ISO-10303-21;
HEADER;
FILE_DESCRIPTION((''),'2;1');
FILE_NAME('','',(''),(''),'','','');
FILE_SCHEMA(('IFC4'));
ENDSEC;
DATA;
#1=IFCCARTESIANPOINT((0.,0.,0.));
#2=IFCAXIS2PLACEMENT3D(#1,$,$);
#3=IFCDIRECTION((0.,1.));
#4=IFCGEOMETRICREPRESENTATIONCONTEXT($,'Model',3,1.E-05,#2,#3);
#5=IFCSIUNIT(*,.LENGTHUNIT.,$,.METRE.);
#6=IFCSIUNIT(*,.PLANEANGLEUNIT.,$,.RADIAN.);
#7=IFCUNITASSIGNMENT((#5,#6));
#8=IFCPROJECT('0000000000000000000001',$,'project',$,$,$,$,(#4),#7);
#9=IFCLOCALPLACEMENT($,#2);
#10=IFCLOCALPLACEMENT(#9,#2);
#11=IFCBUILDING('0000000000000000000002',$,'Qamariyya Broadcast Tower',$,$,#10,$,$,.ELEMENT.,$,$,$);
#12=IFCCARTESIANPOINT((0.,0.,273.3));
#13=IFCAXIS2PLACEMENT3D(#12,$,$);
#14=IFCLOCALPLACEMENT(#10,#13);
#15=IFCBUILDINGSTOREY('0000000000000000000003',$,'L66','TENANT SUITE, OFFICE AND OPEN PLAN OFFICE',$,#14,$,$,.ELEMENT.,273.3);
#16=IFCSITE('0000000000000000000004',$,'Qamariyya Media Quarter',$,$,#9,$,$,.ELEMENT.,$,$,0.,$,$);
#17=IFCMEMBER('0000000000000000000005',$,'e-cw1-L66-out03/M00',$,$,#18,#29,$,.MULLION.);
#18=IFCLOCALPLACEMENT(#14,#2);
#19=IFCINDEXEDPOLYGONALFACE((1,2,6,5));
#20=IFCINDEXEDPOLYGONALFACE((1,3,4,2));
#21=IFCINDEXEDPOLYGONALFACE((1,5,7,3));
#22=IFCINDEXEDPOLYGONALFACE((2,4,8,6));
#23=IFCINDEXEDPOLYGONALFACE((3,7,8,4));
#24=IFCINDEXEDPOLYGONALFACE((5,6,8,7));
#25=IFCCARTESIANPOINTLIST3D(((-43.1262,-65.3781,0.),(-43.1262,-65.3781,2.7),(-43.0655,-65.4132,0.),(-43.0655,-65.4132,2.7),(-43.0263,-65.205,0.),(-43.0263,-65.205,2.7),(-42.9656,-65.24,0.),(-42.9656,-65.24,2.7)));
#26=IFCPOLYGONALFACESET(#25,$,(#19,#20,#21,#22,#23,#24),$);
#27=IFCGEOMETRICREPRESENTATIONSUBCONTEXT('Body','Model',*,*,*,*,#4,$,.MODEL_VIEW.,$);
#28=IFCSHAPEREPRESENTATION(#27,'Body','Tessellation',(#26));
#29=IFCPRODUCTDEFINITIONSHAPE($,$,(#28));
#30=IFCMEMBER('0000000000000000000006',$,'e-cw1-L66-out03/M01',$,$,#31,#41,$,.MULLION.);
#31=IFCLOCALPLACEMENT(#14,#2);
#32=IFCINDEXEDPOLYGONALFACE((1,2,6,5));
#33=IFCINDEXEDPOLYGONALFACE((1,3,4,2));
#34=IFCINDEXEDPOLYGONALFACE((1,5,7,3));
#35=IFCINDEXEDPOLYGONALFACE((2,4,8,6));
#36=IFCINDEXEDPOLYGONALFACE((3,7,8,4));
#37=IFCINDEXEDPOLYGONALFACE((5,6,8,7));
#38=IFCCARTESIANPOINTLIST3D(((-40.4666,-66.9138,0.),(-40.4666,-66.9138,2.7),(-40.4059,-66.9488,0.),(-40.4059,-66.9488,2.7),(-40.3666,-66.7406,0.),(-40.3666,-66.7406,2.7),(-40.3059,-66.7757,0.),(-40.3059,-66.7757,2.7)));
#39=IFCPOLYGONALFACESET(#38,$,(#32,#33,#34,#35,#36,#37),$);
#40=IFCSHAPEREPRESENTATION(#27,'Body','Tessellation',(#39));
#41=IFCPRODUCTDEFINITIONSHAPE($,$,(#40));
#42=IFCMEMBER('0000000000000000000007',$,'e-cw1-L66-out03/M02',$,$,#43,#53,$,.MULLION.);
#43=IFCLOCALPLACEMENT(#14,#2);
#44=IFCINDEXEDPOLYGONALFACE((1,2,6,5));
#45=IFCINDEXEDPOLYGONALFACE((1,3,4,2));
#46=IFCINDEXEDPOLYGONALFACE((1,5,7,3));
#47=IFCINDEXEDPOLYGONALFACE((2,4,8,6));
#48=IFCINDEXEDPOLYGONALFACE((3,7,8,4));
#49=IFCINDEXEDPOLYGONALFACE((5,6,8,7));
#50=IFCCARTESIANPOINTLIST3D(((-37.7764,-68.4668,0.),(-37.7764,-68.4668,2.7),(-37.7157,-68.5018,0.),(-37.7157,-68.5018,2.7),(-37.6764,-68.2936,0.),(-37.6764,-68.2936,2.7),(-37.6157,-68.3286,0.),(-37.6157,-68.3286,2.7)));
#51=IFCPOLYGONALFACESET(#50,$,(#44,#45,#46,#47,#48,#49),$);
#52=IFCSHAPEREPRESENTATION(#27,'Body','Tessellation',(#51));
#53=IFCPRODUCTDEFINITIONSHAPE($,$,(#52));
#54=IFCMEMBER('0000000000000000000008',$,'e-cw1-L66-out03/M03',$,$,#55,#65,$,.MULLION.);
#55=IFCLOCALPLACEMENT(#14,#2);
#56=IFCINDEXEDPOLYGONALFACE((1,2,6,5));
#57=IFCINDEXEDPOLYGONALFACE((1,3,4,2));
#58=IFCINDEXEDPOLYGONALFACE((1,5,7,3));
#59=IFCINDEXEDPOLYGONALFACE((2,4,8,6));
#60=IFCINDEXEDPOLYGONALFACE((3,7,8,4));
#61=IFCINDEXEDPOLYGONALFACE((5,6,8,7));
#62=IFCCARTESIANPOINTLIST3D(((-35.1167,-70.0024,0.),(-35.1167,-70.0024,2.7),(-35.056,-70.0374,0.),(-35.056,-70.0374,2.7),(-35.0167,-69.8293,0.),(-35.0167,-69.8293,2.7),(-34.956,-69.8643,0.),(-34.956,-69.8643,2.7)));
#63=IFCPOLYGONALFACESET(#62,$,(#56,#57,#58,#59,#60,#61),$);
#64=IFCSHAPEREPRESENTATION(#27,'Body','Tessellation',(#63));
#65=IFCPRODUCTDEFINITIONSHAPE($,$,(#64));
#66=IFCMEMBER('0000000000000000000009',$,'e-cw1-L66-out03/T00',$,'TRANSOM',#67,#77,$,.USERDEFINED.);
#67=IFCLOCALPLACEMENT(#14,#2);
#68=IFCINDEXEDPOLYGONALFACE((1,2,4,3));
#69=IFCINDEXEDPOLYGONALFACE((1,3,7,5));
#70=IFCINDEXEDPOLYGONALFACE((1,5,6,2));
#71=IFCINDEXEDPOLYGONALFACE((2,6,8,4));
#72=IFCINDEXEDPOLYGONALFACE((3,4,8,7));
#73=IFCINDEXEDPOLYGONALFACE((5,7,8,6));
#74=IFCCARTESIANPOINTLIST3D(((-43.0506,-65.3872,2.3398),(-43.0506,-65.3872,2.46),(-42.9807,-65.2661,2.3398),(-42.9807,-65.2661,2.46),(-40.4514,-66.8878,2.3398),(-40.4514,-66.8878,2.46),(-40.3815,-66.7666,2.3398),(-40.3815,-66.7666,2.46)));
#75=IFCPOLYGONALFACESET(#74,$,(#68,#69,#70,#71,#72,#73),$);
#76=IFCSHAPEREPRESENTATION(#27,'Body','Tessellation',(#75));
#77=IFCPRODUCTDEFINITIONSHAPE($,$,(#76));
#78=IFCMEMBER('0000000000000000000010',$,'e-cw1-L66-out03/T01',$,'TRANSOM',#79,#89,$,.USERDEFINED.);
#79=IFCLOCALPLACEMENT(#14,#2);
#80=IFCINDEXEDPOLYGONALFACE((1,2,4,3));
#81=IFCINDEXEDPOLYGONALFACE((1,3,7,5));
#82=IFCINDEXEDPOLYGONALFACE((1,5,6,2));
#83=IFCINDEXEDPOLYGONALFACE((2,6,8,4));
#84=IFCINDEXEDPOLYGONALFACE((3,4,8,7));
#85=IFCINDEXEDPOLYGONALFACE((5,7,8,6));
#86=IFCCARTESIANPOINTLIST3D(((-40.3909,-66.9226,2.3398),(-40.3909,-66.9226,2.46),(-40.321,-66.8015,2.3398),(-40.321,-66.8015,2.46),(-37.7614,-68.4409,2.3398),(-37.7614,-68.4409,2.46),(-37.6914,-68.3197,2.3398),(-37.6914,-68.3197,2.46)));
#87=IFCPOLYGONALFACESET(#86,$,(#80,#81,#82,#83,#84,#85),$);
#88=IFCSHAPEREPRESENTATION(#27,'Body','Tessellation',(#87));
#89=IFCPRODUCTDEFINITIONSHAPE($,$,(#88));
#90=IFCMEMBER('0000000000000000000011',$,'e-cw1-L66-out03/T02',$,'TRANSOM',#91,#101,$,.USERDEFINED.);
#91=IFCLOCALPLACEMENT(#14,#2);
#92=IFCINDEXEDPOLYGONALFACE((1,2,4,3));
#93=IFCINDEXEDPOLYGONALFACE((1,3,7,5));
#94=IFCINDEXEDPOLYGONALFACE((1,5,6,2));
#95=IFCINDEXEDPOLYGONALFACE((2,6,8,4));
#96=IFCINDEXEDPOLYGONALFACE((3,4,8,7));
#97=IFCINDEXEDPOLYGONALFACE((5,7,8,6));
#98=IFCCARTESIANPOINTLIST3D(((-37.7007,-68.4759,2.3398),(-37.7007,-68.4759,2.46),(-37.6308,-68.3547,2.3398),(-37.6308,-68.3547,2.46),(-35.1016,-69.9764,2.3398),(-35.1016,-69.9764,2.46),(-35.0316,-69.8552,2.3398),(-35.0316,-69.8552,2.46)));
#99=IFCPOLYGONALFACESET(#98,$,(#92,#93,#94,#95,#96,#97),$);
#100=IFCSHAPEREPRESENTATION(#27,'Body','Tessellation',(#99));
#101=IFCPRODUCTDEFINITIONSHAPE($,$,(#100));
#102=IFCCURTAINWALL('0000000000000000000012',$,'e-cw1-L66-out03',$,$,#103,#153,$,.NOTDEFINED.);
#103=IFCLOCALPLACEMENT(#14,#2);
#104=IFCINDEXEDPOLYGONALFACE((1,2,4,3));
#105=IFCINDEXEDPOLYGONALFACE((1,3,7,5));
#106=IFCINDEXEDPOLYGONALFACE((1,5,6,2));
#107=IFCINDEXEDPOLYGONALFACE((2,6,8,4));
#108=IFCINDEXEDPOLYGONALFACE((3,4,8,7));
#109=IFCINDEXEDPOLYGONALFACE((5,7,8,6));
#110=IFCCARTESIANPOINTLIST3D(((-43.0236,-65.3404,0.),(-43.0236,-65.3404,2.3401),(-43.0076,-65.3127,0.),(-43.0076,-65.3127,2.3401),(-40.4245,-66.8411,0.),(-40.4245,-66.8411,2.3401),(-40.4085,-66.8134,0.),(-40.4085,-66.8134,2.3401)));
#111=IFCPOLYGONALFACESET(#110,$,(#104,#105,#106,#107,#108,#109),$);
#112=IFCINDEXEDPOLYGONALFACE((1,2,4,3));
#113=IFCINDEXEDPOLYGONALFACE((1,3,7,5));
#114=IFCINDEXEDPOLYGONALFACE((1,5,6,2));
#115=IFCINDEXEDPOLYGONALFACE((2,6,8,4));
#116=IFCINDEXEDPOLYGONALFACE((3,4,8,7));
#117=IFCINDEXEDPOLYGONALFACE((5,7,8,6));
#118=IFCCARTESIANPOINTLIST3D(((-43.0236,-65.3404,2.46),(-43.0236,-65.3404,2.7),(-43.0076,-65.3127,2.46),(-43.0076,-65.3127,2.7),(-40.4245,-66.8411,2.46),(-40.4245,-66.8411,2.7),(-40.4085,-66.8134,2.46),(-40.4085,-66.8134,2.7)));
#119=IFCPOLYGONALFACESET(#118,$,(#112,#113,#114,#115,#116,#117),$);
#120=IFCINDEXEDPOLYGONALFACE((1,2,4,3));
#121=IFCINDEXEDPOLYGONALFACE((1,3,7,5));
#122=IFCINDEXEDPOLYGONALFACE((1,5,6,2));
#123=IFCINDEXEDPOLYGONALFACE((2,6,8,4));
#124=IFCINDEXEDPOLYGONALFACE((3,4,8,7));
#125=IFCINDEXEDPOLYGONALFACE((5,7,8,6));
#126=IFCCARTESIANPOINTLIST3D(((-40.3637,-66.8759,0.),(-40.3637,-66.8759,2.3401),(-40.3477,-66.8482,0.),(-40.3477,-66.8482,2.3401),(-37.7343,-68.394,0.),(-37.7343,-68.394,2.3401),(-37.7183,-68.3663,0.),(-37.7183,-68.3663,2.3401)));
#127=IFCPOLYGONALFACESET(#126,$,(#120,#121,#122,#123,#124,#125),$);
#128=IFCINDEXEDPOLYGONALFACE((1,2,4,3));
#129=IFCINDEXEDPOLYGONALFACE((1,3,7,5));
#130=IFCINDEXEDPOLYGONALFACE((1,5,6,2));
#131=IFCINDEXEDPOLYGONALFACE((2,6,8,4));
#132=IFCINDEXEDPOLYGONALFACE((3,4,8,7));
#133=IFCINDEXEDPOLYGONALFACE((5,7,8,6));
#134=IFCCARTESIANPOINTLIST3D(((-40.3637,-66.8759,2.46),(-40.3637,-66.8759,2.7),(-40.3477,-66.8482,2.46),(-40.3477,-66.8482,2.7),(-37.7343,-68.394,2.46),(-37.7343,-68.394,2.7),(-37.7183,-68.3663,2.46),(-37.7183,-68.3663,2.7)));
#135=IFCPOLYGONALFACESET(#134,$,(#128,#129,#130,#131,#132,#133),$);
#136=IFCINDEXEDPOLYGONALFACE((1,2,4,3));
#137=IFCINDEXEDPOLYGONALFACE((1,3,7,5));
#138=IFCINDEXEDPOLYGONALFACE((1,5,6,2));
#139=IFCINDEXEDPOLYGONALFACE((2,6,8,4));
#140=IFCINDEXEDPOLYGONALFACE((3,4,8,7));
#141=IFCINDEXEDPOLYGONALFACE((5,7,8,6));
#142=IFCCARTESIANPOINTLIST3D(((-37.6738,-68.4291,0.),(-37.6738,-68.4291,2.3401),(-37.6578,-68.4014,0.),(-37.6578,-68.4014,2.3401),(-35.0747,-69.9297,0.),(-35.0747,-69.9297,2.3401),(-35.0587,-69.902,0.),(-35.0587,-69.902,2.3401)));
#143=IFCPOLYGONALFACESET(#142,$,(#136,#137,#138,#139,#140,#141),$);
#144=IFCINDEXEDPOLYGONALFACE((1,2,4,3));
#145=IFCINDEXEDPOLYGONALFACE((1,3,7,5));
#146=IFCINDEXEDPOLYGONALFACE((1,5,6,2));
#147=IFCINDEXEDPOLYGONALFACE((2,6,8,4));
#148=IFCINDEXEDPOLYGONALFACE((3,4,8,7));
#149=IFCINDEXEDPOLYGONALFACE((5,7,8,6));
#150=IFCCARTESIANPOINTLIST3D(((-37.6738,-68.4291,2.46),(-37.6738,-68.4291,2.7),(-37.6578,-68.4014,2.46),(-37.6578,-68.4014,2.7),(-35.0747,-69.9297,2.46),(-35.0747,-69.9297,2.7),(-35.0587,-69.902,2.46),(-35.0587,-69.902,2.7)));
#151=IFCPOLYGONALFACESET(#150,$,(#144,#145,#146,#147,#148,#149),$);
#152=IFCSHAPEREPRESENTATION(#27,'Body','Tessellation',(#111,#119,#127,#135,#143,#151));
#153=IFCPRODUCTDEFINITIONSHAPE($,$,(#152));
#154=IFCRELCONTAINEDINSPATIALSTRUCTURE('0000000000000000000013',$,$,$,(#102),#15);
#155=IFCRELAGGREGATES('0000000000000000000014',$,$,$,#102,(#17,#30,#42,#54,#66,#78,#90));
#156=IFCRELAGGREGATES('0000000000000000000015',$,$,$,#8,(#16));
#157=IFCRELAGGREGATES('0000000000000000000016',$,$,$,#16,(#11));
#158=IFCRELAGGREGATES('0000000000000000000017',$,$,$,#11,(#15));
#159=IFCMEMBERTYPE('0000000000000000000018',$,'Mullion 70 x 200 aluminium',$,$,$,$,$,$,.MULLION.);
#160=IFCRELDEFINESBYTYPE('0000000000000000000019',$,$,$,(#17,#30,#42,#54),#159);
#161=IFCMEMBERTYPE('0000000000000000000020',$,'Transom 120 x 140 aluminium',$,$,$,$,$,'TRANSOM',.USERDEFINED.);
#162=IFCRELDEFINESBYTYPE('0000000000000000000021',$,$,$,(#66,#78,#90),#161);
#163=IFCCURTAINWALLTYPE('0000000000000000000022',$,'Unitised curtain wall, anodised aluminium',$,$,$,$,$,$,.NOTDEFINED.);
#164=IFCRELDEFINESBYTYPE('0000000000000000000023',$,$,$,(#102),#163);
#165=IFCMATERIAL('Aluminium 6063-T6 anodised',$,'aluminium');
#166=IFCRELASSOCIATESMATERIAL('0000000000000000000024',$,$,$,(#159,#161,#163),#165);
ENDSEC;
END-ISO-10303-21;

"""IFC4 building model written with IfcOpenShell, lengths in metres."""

from ifc_helpers import new_model, si_unit, direction, frame, origin, origin_2d, place, context, subcontext, project, spatial, rectangle, extrude, material, material_profile, profile_set, type_object, element, aggregate, save


model = new_model("IFC4")

# Units and contexts
model_context = context("Model", 3, precision=1e-05, world=origin(), true_north=direction((0.0, 1.0)))
body_context = subcontext(model_context, "Body", "Model", "MODEL_VIEW")
ifc_project = project(units=[si_unit("LENGTHUNIT", "METRE"), si_unit("PLANEANGLEUNIT", "RADIAN")], contexts=[model_context])

# Members
ifc_material = material(Name="Aluminium 6063-T6 anodised", Category="aluminium")
ifc_material_profile_1 = material_profile(ifc_material, rectangle(XDim=0.2, YDim=0.0701, at=origin_2d()))
ifc_profile_set_1 = profile_set([ifc_material_profile_1], Name="Aluminium 6063-T6 anodised")
member_type_1 = type_object("IfcMemberType", Name="Mullion 70 x 200 aluminium", PredefinedType="MULLION", material=ifc_profile_set_1)
site_placement = place(None, origin())
building_placement = place(site_placement, origin())
storey_placement = place(building_placement, frame((0.0, 0.0, 273.3)))
member_1_placement = place(storey_placement, frame((-43.0459, -65.3091, 0.0), z_axis=(0.0, 0.0, 1.0), x_axis=(0.5, 0.866025, 0.0)))
member_1 = element("IfcMember", 1, at=member_1_placement, type_object=member_type_1, Name="e-cw1-L66-out03/M00", PredefinedType="MULLION", context=body_context, shape_type="SweptSolid", body=[
    extrude(rectangle(XDim=0.2, YDim=0.0701, at=origin_2d()), origin(), (0.0, 0.0, 1.0), 2.7),
])
member_2_placement = place(storey_placement, frame((-40.3862, -66.8447, 0.0), z_axis=(0.0, 0.0, 1.0), x_axis=(0.5, 0.866025, 0.0)))
member_2 = element("IfcMember", 2, at=member_2_placement, type_object=member_type_1, Name="e-cw1-L66-out03/M01", PredefinedType="MULLION", context=body_context, shape_type="SweptSolid", body=[
    extrude(rectangle(XDim=0.2, YDim=0.0701, at=origin_2d()), origin(), (0.0, 0.0, 1.0), 2.7),
])
member_3_placement = place(storey_placement, frame((-37.696, -68.3977, 0.0), z_axis=(0.0, 0.0, 1.0), x_axis=(0.5, 0.866025, 0.0)))
member_3 = element("IfcMember", 3, at=member_3_placement, type_object=member_type_1, Name="e-cw1-L66-out03/M02", PredefinedType="MULLION", context=body_context, shape_type="SweptSolid", body=[
    extrude(rectangle(XDim=0.2, YDim=0.0701, at=origin_2d()), origin(), (0.0, 0.0, 1.0), 2.7),
])
member_4_placement = place(storey_placement, frame((-35.0364, -69.9333, 0.0), z_axis=(0.0, 0.0, 1.0), x_axis=(0.5, 0.866025, 0.0)))
member_4 = element("IfcMember", 4, at=member_4_placement, type_object=member_type_1, Name="e-cw1-L66-out03/M03", PredefinedType="MULLION", context=body_context, shape_type="SweptSolid", body=[
    extrude(rectangle(XDim=0.2, YDim=0.0701, at=origin_2d()), origin(), (0.0, 0.0, 1.0), 2.7),
])
ifc_material_profile_2 = material_profile(ifc_material, rectangle(XDim=0.1399, YDim=0.1201, at=origin_2d()))
ifc_profile_set_2 = profile_set([ifc_material_profile_2], Name="Aluminium 6063-T6 anodised")
member_type_2 = type_object("IfcMemberType", Name="Transom 120 x 140 aluminium", ElementType="TRANSOM", PredefinedType="USERDEFINED", material=ifc_profile_set_2)
member_5_placement = place(storey_placement, frame((-43.0156, -65.3267, 2.3999), z_axis=(0.866042, -0.499971, 0.0), x_axis=(0.499971, 0.866042, 0.0)))
member_5 = element("IfcMember", 5, at=member_5_placement, type_object=member_type_2, Name="e-cw1-L66-out03/T00", ObjectType="TRANSOM", PredefinedType="USERDEFINED", context=body_context, shape_type="SweptSolid", body=[
    extrude(rectangle(XDim=0.1399, YDim=0.1201, at=origin_2d()), origin(), (0.0, 0.0, 1.0), 3.0012),
])
member_6_placement = place(storey_placement, frame((-40.356, -66.8621, 2.3999), z_axis=(0.866013, -0.500022, 0.0), x_axis=(0.500022, 0.866013, 0.0)))
member_6 = element("IfcMember", 6, at=member_6_placement, type_object=member_type_2, Name="e-cw1-L66-out03/T01", ObjectType="TRANSOM", PredefinedType="USERDEFINED", context=body_context, shape_type="SweptSolid", body=[
    extrude(rectangle(XDim=0.1399, YDim=0.1201, at=origin_2d()), origin(), (0.0, 0.0, 1.0), 3.0364),
])
member_7_placement = place(storey_placement, frame((-37.6658, -68.4153, 2.3999), z_axis=(0.866042, -0.499971, 0.0), x_axis=(0.499971, 0.866042, 0.0)))
member_7 = element("IfcMember", 7, at=member_7_placement, type_object=member_type_2, Name="e-cw1-L66-out03/T02", ObjectType="TRANSOM", PredefinedType="USERDEFINED", context=body_context, shape_type="SweptSolid", body=[
    extrude(rectangle(XDim=0.1399, YDim=0.1201, at=origin_2d()), origin(), (0.0, 0.0, 1.0), 3.0012),
])

# Site, building, storey
site = spatial("IfcSite", under=ifc_project, at=site_placement, Name="Qamariyya Media Quarter", CompositionType="ELEMENT", RefElevation=0.0)
building = spatial("IfcBuilding", under=site, at=building_placement, Name="Qamariyya Broadcast Tower", CompositionType="ELEMENT")
storey = spatial("IfcBuildingStorey", under=building, at=storey_placement, Name="L66", Description="TENANT SUITE, OFFICE AND OPEN PLAN OFFICE", CompositionType="ELEMENT", Elevation=273.3)

# Curtain wall
curtain_wall_type = type_object("IfcCurtainWallType", Name="Unitised curtain wall, anodised aluminium", PredefinedType="NOTDEFINED", material=ifc_material)
curtain_wall_1_placement = place(storey_placement, origin())
curtain_wall_1 = element("IfcCurtainWall", 8, at=curtain_wall_1_placement, inside=storey, type_object=curtain_wall_type, Name="e-cw1-L66-out03", PredefinedType="NOTDEFINED", context=body_context, shape_type="SweptSolid", body=[
    extrude(rectangle(XDim=3.0012, YDim=0.032, at=origin_2d()), frame((-41.7161, -66.0769, 0.0), x_axis=(0.866018, -0.500013, 0.0)), (0.0, 0.0, 1.0), 2.3401),
    extrude(rectangle(XDim=3.0012, YDim=0.032, at=origin_2d()), frame((-41.7161, -66.0769, 2.46), x_axis=(0.866018, -0.500013, 0.0)), (0.0, 0.0, 1.0), 0.24),
    extrude(rectangle(XDim=3.0361, YDim=0.032, at=origin_2d()), frame((-39.041, -67.6211, 0.0), x_axis=(0.866018, -0.500013, 0.0)), (0.0, 0.0, 1.0), 2.3401),
    extrude(rectangle(XDim=3.0361, YDim=0.032, at=origin_2d()), frame((-39.041, -67.6211, 2.46), x_axis=(0.866018, -0.500013, 0.0)), (0.0, 0.0, 1.0), 0.24),
    extrude(rectangle(XDim=3.0012, YDim=0.032, at=origin_2d()), frame((-36.3662, -69.1655, 0.0), x_axis=(0.866018, -0.500013, 0.0)), (0.0, 0.0, 1.0), 2.3401),
    extrude(rectangle(XDim=3.0012, YDim=0.032, at=origin_2d()), frame((-36.3662, -69.1655, 2.46), x_axis=(0.866018, -0.500013, 0.0)), (0.0, 0.0, 1.0), 0.24),
])
aggregate(curtain_wall_1, [member_1, member_2, member_3, member_4, member_5, member_6, member_7])

save(model, "model.ifc")
